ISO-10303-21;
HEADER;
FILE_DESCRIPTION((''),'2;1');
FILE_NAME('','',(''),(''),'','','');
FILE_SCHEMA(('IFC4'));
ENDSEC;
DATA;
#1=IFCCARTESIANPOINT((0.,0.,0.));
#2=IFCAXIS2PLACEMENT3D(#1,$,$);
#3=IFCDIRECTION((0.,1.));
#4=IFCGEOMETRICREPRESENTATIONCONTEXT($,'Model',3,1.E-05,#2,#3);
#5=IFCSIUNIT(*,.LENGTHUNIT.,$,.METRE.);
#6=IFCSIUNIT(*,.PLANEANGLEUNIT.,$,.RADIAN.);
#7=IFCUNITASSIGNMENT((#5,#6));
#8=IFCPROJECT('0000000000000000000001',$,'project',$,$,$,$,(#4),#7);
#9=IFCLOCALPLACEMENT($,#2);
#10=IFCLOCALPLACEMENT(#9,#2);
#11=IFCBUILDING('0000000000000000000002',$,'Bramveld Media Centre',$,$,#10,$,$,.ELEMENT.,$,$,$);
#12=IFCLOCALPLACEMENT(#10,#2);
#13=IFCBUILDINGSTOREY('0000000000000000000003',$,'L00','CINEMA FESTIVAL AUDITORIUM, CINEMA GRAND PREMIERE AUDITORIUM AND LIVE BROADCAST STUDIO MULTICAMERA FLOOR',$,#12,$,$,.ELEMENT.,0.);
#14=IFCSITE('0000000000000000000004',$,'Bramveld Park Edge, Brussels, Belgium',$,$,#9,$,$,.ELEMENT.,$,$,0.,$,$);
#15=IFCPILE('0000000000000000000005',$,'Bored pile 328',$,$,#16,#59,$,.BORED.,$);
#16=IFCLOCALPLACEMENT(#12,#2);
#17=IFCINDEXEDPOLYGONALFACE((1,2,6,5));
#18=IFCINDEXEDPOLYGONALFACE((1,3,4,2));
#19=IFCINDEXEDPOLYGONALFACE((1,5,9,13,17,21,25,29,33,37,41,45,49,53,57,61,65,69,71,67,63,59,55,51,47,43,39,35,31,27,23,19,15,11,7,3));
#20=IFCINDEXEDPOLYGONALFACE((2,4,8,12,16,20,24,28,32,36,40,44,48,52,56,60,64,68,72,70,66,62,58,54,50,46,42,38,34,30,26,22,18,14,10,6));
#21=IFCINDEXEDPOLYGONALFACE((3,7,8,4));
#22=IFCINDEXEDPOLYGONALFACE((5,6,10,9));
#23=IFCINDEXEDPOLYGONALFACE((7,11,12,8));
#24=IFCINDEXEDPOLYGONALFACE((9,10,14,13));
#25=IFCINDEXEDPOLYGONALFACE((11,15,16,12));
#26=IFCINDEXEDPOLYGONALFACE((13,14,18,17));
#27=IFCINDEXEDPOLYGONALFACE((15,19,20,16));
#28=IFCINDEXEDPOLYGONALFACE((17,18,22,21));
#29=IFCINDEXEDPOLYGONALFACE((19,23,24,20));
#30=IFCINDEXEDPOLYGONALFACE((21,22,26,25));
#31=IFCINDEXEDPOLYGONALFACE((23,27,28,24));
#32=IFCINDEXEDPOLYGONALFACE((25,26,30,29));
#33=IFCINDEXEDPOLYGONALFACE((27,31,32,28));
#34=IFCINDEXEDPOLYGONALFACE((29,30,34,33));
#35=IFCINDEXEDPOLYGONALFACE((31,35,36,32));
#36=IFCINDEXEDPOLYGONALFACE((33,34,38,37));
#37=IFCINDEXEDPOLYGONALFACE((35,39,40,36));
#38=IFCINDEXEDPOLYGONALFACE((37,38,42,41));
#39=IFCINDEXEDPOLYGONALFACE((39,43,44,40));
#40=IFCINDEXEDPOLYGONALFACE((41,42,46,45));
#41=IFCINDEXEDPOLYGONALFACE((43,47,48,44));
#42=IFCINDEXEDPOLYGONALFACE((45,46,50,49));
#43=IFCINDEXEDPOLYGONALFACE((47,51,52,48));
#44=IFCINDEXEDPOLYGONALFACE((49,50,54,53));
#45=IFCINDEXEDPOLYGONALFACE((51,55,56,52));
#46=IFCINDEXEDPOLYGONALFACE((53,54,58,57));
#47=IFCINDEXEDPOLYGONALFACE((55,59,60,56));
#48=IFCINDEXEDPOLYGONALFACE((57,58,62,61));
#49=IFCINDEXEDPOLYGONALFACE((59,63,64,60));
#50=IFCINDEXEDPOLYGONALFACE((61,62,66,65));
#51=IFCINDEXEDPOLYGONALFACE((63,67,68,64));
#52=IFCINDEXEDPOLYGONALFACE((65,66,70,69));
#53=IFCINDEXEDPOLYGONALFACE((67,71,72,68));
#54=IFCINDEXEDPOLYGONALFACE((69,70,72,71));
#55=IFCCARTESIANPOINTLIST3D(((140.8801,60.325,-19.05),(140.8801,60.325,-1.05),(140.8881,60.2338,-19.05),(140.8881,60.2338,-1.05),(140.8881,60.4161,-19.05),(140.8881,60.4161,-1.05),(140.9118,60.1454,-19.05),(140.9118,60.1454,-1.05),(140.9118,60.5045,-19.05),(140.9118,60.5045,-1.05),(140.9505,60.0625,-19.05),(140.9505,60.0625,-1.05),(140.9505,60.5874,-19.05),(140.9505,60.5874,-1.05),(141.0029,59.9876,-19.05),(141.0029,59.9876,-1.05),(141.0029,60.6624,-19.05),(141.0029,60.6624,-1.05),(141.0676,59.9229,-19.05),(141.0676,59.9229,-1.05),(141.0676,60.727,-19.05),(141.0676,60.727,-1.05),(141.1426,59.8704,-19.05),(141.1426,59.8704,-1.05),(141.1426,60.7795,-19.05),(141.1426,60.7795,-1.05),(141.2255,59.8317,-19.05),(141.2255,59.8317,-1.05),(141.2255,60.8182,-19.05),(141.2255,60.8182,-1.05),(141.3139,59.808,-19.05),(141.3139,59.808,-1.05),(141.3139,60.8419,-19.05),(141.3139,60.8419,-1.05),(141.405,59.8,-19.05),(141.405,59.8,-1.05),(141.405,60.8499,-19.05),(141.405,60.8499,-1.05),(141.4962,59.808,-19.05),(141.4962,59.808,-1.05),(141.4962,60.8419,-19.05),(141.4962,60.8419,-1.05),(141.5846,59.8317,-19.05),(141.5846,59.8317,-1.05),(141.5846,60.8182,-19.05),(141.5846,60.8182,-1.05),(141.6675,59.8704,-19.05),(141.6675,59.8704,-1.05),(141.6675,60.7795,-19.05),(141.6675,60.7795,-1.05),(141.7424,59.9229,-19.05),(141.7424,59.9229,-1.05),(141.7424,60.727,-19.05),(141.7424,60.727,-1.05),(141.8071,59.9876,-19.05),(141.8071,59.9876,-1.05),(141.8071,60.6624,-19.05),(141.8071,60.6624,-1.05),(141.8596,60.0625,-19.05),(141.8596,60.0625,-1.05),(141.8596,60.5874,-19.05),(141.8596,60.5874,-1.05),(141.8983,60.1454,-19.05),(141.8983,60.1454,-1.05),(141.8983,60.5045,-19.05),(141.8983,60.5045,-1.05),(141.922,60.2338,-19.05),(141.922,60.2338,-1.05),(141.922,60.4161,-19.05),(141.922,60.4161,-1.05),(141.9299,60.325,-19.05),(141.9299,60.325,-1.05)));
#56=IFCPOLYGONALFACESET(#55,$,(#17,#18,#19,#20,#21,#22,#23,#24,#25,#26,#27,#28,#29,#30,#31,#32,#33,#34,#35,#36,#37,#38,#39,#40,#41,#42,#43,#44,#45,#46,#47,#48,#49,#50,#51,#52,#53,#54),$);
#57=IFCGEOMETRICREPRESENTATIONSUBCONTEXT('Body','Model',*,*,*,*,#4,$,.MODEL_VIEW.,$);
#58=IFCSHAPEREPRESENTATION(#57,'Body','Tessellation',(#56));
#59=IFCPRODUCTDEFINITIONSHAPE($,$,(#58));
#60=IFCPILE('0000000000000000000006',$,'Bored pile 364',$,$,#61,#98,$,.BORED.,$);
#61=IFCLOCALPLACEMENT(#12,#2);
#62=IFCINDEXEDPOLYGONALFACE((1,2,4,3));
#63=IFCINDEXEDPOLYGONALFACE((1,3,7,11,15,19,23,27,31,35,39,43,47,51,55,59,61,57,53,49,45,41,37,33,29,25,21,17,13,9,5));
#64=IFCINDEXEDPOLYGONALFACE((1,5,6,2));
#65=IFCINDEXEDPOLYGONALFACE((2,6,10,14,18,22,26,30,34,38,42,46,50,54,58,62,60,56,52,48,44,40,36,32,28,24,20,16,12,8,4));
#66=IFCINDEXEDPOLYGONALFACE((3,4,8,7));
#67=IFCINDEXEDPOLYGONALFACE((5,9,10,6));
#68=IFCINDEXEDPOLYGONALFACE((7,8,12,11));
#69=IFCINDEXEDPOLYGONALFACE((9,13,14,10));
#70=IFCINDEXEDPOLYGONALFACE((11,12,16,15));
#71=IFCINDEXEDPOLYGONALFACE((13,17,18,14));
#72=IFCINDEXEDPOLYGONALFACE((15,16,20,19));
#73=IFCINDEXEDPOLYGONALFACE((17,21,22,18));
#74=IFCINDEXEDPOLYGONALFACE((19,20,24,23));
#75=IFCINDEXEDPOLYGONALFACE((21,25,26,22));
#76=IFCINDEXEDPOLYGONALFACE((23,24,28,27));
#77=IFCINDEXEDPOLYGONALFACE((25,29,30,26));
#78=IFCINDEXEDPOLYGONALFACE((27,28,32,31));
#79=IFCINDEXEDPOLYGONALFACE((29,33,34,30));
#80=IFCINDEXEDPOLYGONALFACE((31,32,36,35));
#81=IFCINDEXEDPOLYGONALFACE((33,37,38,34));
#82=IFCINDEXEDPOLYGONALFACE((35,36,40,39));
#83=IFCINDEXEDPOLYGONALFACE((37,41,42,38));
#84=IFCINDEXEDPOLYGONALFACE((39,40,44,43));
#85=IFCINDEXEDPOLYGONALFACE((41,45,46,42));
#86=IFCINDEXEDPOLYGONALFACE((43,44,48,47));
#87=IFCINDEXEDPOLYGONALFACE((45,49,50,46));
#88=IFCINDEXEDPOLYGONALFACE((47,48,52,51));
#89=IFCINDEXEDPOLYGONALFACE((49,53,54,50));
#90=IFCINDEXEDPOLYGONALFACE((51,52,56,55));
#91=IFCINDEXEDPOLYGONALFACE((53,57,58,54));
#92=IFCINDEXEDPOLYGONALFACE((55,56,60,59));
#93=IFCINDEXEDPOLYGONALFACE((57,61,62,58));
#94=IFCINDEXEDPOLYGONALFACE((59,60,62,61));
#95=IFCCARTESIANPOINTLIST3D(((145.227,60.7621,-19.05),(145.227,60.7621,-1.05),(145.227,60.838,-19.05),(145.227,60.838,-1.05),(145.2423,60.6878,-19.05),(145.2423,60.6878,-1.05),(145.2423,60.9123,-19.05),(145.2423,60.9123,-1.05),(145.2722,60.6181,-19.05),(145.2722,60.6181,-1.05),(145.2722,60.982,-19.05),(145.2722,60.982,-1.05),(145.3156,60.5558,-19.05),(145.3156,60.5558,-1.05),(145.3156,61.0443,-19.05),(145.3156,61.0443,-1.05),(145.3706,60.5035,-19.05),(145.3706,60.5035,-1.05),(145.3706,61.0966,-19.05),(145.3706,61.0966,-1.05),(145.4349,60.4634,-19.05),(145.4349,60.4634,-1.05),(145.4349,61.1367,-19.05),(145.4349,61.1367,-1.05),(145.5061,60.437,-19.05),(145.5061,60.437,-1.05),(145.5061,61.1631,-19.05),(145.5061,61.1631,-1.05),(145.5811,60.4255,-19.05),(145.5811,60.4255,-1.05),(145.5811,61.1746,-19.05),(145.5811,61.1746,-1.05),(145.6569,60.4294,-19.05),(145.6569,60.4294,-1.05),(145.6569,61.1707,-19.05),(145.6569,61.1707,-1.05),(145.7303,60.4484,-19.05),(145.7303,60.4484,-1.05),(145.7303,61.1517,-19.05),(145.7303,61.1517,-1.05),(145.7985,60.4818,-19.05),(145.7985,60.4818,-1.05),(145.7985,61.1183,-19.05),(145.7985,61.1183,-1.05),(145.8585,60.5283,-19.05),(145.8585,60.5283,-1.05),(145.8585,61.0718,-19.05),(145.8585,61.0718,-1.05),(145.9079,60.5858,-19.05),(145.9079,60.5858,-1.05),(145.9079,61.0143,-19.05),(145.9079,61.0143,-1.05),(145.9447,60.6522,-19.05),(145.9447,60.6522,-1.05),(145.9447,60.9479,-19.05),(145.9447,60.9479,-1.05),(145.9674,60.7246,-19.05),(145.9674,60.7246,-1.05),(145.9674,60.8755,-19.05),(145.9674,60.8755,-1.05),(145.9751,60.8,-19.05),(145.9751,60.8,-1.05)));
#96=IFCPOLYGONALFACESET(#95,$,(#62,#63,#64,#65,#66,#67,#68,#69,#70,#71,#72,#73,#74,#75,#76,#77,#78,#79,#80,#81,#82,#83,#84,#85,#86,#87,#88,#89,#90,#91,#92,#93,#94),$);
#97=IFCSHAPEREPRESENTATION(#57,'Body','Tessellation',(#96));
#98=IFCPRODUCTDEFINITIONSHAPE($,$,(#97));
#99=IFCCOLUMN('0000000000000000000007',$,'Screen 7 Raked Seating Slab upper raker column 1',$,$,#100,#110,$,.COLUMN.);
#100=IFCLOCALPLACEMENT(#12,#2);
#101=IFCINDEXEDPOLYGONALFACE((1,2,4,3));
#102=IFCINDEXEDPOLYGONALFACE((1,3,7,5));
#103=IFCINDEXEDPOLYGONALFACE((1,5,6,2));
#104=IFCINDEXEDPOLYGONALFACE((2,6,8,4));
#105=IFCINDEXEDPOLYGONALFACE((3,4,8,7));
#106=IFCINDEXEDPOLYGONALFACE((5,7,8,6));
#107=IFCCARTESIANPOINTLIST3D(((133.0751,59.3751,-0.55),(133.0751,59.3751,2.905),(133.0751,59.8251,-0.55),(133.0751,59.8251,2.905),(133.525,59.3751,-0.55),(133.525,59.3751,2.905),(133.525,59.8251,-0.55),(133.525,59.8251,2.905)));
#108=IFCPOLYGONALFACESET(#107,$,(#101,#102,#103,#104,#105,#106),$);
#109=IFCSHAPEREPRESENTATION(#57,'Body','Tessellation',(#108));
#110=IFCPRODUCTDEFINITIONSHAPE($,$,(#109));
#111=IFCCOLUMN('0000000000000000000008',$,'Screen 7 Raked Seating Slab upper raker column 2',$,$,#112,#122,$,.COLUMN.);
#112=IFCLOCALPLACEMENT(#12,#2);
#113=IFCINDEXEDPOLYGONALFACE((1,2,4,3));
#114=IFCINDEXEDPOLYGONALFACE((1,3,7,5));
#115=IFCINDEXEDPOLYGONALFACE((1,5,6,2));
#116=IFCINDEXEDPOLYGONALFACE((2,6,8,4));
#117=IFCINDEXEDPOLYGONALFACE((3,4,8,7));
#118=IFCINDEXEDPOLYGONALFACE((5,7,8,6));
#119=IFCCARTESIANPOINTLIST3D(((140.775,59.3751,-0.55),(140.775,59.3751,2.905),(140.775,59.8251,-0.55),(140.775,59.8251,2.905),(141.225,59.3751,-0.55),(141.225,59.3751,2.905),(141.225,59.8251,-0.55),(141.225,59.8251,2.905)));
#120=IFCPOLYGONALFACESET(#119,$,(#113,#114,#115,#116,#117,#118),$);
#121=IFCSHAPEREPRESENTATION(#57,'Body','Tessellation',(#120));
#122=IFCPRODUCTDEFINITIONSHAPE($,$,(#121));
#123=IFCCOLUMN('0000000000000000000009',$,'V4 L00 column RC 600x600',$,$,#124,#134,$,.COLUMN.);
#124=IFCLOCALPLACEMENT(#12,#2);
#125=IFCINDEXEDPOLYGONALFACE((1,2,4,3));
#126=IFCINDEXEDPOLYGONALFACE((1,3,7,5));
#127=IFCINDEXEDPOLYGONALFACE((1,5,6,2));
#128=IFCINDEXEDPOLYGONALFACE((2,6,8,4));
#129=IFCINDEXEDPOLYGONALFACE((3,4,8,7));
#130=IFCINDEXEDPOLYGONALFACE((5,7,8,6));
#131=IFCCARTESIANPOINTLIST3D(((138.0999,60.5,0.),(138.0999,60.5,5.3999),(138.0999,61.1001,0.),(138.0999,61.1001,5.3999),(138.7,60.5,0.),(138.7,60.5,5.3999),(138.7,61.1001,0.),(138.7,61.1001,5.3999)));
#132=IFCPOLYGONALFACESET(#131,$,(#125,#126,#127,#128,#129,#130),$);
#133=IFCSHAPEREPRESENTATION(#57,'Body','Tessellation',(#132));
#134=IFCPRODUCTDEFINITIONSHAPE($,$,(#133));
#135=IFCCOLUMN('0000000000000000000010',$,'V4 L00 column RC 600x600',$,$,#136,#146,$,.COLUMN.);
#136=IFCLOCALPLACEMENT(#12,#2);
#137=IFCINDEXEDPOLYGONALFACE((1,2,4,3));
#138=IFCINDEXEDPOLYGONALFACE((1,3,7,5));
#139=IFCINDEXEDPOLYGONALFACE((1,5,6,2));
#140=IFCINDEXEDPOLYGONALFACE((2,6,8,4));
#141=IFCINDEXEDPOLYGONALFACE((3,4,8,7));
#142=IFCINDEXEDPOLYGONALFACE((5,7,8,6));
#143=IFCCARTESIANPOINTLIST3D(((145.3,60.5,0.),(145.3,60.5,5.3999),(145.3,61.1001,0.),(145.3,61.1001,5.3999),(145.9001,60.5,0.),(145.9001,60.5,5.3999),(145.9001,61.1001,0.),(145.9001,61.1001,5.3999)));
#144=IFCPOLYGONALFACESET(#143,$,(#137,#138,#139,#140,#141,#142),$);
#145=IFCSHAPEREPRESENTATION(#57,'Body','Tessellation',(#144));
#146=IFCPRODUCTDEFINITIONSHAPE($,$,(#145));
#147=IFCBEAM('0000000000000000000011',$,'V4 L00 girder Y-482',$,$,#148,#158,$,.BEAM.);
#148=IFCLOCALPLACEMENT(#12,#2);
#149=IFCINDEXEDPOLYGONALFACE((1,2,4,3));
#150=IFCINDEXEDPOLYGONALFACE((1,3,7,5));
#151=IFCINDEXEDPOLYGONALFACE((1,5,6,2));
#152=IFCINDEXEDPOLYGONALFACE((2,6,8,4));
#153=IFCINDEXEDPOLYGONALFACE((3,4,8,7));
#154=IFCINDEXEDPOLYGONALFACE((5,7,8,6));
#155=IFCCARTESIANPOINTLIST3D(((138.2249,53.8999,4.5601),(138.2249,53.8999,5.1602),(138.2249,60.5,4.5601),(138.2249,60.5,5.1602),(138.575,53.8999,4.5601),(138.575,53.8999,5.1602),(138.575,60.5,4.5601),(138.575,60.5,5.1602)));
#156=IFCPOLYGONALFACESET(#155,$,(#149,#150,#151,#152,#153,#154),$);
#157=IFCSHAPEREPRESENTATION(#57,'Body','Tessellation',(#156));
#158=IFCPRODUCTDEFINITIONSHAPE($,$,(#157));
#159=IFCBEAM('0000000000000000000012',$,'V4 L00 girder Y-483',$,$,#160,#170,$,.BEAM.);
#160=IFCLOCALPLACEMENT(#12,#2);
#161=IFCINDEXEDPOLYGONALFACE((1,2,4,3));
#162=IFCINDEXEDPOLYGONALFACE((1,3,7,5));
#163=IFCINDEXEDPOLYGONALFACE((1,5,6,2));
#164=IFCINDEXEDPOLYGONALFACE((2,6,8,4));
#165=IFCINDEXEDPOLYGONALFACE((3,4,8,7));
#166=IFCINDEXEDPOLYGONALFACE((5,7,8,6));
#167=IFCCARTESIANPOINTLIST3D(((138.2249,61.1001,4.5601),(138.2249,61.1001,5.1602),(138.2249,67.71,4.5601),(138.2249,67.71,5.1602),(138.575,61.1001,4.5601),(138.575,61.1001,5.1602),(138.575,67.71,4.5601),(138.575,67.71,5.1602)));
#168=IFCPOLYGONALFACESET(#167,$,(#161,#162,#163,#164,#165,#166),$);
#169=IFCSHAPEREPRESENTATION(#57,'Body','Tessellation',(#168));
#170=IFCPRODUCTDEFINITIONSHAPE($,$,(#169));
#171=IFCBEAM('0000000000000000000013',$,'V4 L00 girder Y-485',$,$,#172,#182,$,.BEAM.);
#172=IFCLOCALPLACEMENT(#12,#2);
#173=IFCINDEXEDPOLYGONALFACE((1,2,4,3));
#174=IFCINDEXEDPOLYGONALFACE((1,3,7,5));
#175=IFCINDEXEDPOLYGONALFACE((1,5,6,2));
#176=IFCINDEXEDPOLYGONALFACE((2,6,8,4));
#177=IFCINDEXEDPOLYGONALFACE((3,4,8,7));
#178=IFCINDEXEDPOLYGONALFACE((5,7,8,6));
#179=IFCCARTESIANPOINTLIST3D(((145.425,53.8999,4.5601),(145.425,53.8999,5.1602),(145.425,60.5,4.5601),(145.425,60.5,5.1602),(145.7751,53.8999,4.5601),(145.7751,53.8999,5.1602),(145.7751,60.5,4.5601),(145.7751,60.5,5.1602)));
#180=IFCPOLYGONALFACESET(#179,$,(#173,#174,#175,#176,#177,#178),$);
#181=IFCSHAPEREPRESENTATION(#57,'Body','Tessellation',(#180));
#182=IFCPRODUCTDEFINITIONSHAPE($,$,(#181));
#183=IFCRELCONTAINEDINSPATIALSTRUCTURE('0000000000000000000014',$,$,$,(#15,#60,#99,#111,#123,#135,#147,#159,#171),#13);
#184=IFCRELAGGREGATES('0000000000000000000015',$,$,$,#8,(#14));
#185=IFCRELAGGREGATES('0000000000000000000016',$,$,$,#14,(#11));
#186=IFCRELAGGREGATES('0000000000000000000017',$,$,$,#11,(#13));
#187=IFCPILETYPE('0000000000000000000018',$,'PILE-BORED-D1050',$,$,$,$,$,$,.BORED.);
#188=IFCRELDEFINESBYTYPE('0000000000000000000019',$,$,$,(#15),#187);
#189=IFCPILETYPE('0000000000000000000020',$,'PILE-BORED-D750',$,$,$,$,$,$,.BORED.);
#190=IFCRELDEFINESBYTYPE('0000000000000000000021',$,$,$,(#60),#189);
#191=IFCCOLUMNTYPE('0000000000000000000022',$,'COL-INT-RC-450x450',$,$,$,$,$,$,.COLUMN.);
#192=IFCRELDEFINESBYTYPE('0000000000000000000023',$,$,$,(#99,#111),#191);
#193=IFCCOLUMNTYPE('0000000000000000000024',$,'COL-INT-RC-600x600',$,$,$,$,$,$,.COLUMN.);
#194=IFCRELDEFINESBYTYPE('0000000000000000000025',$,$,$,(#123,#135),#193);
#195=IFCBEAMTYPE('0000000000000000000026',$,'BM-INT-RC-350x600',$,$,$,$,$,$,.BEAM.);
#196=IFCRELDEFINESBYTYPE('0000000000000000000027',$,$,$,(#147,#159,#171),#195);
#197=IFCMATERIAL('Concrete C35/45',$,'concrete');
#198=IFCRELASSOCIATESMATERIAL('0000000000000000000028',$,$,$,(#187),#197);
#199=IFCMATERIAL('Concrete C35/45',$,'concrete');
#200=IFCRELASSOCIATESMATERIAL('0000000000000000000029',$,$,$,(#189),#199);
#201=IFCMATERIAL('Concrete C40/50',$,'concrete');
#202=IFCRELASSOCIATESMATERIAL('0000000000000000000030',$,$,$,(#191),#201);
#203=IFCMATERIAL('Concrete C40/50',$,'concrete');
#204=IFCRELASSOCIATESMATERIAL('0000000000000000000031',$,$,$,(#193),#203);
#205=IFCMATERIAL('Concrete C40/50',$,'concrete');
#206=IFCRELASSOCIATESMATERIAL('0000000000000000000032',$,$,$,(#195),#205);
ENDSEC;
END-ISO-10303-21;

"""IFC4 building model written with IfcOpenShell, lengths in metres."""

from ifc_helpers import new_model, si_unit, direction, frame, origin, origin_2d, place, context, subcontext, project, spatial, rectangle, circle, extrude, material, material_profile, profile_set, type_object, element, save


model = new_model("IFC4")

# Units and contexts
model_context = context("Model", 3, precision=1e-05, world=origin(), true_north=direction((0.0, 1.0)))
body_context = subcontext(model_context, "Body", "Model", "MODEL_VIEW")
ifc_project = project(units=[si_unit("LENGTHUNIT", "METRE"), si_unit("PLANEANGLEUNIT", "RADIAN")], contexts=[model_context])

# Site, building, storey
site_placement = place(None, origin())
site = spatial("IfcSite", under=ifc_project, at=site_placement, Name="Bramveld Park Edge, Brussels, Belgium", CompositionType="ELEMENT", RefElevation=0.0)
building_placement = place(site_placement, origin())
building = spatial("IfcBuilding", under=site, at=building_placement, Name="Bramveld Media Centre", CompositionType="ELEMENT")
storey_placement = place(building_placement, origin())
storey = spatial("IfcBuildingStorey", under=building, at=storey_placement, Name="L00", Description="CINEMA FESTIVAL AUDITORIUM, CINEMA GRAND PREMIERE AUDITORIUM AND LIVE BROADCAST STUDIO MULTICAMERA FLOOR", CompositionType="ELEMENT", Elevation=0.0)

# Piles
ifc_material_1 = material(Name="Concrete C35/45", Category="concrete")
ifc_material_profile_1 = material_profile(ifc_material_1, circle(Radius=0.5249, at=origin_2d()), Name="BORED D1050")
ifc_profile_set_1 = profile_set([ifc_material_profile_1], Name="Concrete C35/45")
pile_type_1 = type_object("IfcPileType", Name="PILE-BORED-D1050", PredefinedType="BORED", material=ifc_profile_set_1)
for number, where, z_axis, x_axis, name in (
    (1, (141.405, 60.325, -1.05), (0.0, 0.0, -1.0), (1.0, 0.0, 0.0), "Bored pile 328"),
):
    element("IfcPile", number, at=place(storey_placement, frame(where, z_axis=z_axis, x_axis=x_axis)), inside=storey, type_object=pile_type_1, Name=name, PredefinedType="BORED", context=body_context, shape_type="SweptSolid", body=[
        extrude(circle(Radius=0.5249, at=origin_2d()), origin(), (0.0, 0.0, 1.0), 18.0),
    ])
ifc_material_2 = material(Name="Concrete C35/45", Category="concrete")
ifc_material_profile_2 = material_profile(ifc_material_2, circle(Radius=0.375, at=origin_2d()), Name="BORED D750")
ifc_profile_set_2 = profile_set([ifc_material_profile_2], Name="Concrete C35/45")
pile_type_2 = type_object("IfcPileType", Name="PILE-BORED-D750", PredefinedType="BORED", material=ifc_profile_set_2)
pile_placement = place(storey_placement, frame((145.6001, 60.8, -1.05), z_axis=(0.0, 0.0, -1.0), x_axis=(1.0, 0.0, 0.0)))
element("IfcPile", 2, at=pile_placement, inside=storey, type_object=pile_type_2, Name="Bored pile 364", PredefinedType="BORED", context=body_context, shape_type="SweptSolid", body=[
    extrude(circle(Radius=0.375, at=origin_2d()), origin(), (0.0, 0.0, 1.0), 18.0),
])

# Columns
ifc_material_3 = material(Name="Concrete C40/50", Category="concrete")
ifc_material_profile_3 = material_profile(ifc_material_3, rectangle(XDim=0.45, YDim=0.45, at=origin_2d()), Name="RC 450x450")
ifc_profile_set_3 = profile_set([ifc_material_profile_3], Name="Concrete C40/50")
column_type_1 = type_object("IfcColumnType", Name="COL-INT-RC-450x450", PredefinedType="COLUMN", material=ifc_profile_set_3)
for number, where, z_axis, x_axis, name in (
    (3, (133.3, 59.6001, -0.55), (0.0, 0.0, 1.0), (1.0, 0.0, 0.0), "Screen 7 Raked Seating Slab upper raker column 1"),
    (4, (141.0, 59.6001, -0.55), (0.0, 0.0, 1.0), (1.0, 0.0, 0.0), "Screen 7 Raked Seating Slab upper raker column 2"),
):
    element("IfcColumn", number, at=place(storey_placement, frame(where, z_axis=z_axis, x_axis=x_axis)), inside=storey, type_object=column_type_1, Name=name, PredefinedType="COLUMN", context=body_context, shape_type="SweptSolid", body=[
        extrude(rectangle(XDim=0.45, YDim=0.45, at=origin_2d()), origin(), (0.0, 0.0, 1.0), 3.4551),
    ])
ifc_material_4 = material(Name="Concrete C40/50", Category="concrete")
ifc_material_profile_4 = material_profile(ifc_material_4, rectangle(XDim=0.6001, YDim=0.6001, at=origin_2d()), Name="RC 600x600")
ifc_profile_set_4 = profile_set([ifc_material_profile_4], Name="Concrete C40/50")
column_type_2 = type_object("IfcColumnType", Name="COL-INT-RC-600x600", PredefinedType="COLUMN", material=ifc_profile_set_4)
for number, where, z_axis, x_axis, name in (
    (5, (138.3999, 60.8, 0.0), (0.0, 0.0, 1.0), (1.0, 0.0, 0.0), "V4 L00 column RC 600x600"),
    (6, (145.6001, 60.8, 0.0), (0.0, 0.0, 1.0), (1.0, 0.0, 0.0), "V4 L00 column RC 600x600"),
):
    element("IfcColumn", number, at=place(storey_placement, frame(where, z_axis=z_axis, x_axis=x_axis)), inside=storey, type_object=column_type_2, Name=name, PredefinedType="COLUMN", context=body_context, shape_type="SweptSolid", body=[
        extrude(rectangle(XDim=0.6001, YDim=0.6001, at=origin_2d()), origin(), (0.0, 0.0, 1.0), 5.3999),
    ])

# Beams
ifc_material_5 = material(Name="Concrete C40/50", Category="concrete")
ifc_material_profile_5 = material_profile(ifc_material_5, rectangle(XDim=0.3501, YDim=0.6001, at=origin_2d()), Name="RC 350x600")
ifc_profile_set_5 = profile_set([ifc_material_profile_5], Name="Concrete C40/50")
beam_type_1 = type_object("IfcBeamType", Name="BM-INT-RC-350x600", PredefinedType="BEAM", material=ifc_profile_set_5)
beam_1_placement = place(storey_placement, frame((138.3999, 53.8999, 4.8601), z_axis=(0.0, 1.0, 0.0), x_axis=(-1.0, 0.0, 0.0)))
element("IfcBeam", 7, at=beam_1_placement, inside=storey, type_object=beam_type_1, Name="V4 L00 girder Y-482", PredefinedType="BEAM", context=body_context, shape_type="SweptSolid", body=[
    extrude(rectangle(XDim=0.3501, YDim=0.6001, at=origin_2d()), origin(), (0.0, 0.0, 1.0), 6.6001),
])
beam_2_placement = place(storey_placement, frame((138.3999, 61.1001, 4.8601), z_axis=(0.0, 1.0, 0.0), x_axis=(-1.0, 0.0, 0.0)))
element("IfcBeam", 8, at=beam_2_placement, inside=storey, type_object=beam_type_1, Name="V4 L00 girder Y-483", PredefinedType="BEAM", context=body_context, shape_type="SweptSolid", body=[
    extrude(rectangle(XDim=0.3501, YDim=0.6001, at=origin_2d()), origin(), (0.0, 0.0, 1.0), 6.6099),
])
beam_3_placement = place(storey_placement, frame((145.6001, 53.8999, 4.8601), z_axis=(0.0, 1.0, 0.0), x_axis=(-1.0, 0.0, 0.0)))
element("IfcBeam", 9, at=beam_3_placement, inside=storey, type_object=beam_type_1, Name="V4 L00 girder Y-485", PredefinedType="BEAM", context=body_context, shape_type="SweptSolid", body=[
    extrude(rectangle(XDim=0.3501, YDim=0.6001, at=origin_2d()), origin(), (0.0, 0.0, 1.0), 6.6001),
])

save(model, "model.ifc")
